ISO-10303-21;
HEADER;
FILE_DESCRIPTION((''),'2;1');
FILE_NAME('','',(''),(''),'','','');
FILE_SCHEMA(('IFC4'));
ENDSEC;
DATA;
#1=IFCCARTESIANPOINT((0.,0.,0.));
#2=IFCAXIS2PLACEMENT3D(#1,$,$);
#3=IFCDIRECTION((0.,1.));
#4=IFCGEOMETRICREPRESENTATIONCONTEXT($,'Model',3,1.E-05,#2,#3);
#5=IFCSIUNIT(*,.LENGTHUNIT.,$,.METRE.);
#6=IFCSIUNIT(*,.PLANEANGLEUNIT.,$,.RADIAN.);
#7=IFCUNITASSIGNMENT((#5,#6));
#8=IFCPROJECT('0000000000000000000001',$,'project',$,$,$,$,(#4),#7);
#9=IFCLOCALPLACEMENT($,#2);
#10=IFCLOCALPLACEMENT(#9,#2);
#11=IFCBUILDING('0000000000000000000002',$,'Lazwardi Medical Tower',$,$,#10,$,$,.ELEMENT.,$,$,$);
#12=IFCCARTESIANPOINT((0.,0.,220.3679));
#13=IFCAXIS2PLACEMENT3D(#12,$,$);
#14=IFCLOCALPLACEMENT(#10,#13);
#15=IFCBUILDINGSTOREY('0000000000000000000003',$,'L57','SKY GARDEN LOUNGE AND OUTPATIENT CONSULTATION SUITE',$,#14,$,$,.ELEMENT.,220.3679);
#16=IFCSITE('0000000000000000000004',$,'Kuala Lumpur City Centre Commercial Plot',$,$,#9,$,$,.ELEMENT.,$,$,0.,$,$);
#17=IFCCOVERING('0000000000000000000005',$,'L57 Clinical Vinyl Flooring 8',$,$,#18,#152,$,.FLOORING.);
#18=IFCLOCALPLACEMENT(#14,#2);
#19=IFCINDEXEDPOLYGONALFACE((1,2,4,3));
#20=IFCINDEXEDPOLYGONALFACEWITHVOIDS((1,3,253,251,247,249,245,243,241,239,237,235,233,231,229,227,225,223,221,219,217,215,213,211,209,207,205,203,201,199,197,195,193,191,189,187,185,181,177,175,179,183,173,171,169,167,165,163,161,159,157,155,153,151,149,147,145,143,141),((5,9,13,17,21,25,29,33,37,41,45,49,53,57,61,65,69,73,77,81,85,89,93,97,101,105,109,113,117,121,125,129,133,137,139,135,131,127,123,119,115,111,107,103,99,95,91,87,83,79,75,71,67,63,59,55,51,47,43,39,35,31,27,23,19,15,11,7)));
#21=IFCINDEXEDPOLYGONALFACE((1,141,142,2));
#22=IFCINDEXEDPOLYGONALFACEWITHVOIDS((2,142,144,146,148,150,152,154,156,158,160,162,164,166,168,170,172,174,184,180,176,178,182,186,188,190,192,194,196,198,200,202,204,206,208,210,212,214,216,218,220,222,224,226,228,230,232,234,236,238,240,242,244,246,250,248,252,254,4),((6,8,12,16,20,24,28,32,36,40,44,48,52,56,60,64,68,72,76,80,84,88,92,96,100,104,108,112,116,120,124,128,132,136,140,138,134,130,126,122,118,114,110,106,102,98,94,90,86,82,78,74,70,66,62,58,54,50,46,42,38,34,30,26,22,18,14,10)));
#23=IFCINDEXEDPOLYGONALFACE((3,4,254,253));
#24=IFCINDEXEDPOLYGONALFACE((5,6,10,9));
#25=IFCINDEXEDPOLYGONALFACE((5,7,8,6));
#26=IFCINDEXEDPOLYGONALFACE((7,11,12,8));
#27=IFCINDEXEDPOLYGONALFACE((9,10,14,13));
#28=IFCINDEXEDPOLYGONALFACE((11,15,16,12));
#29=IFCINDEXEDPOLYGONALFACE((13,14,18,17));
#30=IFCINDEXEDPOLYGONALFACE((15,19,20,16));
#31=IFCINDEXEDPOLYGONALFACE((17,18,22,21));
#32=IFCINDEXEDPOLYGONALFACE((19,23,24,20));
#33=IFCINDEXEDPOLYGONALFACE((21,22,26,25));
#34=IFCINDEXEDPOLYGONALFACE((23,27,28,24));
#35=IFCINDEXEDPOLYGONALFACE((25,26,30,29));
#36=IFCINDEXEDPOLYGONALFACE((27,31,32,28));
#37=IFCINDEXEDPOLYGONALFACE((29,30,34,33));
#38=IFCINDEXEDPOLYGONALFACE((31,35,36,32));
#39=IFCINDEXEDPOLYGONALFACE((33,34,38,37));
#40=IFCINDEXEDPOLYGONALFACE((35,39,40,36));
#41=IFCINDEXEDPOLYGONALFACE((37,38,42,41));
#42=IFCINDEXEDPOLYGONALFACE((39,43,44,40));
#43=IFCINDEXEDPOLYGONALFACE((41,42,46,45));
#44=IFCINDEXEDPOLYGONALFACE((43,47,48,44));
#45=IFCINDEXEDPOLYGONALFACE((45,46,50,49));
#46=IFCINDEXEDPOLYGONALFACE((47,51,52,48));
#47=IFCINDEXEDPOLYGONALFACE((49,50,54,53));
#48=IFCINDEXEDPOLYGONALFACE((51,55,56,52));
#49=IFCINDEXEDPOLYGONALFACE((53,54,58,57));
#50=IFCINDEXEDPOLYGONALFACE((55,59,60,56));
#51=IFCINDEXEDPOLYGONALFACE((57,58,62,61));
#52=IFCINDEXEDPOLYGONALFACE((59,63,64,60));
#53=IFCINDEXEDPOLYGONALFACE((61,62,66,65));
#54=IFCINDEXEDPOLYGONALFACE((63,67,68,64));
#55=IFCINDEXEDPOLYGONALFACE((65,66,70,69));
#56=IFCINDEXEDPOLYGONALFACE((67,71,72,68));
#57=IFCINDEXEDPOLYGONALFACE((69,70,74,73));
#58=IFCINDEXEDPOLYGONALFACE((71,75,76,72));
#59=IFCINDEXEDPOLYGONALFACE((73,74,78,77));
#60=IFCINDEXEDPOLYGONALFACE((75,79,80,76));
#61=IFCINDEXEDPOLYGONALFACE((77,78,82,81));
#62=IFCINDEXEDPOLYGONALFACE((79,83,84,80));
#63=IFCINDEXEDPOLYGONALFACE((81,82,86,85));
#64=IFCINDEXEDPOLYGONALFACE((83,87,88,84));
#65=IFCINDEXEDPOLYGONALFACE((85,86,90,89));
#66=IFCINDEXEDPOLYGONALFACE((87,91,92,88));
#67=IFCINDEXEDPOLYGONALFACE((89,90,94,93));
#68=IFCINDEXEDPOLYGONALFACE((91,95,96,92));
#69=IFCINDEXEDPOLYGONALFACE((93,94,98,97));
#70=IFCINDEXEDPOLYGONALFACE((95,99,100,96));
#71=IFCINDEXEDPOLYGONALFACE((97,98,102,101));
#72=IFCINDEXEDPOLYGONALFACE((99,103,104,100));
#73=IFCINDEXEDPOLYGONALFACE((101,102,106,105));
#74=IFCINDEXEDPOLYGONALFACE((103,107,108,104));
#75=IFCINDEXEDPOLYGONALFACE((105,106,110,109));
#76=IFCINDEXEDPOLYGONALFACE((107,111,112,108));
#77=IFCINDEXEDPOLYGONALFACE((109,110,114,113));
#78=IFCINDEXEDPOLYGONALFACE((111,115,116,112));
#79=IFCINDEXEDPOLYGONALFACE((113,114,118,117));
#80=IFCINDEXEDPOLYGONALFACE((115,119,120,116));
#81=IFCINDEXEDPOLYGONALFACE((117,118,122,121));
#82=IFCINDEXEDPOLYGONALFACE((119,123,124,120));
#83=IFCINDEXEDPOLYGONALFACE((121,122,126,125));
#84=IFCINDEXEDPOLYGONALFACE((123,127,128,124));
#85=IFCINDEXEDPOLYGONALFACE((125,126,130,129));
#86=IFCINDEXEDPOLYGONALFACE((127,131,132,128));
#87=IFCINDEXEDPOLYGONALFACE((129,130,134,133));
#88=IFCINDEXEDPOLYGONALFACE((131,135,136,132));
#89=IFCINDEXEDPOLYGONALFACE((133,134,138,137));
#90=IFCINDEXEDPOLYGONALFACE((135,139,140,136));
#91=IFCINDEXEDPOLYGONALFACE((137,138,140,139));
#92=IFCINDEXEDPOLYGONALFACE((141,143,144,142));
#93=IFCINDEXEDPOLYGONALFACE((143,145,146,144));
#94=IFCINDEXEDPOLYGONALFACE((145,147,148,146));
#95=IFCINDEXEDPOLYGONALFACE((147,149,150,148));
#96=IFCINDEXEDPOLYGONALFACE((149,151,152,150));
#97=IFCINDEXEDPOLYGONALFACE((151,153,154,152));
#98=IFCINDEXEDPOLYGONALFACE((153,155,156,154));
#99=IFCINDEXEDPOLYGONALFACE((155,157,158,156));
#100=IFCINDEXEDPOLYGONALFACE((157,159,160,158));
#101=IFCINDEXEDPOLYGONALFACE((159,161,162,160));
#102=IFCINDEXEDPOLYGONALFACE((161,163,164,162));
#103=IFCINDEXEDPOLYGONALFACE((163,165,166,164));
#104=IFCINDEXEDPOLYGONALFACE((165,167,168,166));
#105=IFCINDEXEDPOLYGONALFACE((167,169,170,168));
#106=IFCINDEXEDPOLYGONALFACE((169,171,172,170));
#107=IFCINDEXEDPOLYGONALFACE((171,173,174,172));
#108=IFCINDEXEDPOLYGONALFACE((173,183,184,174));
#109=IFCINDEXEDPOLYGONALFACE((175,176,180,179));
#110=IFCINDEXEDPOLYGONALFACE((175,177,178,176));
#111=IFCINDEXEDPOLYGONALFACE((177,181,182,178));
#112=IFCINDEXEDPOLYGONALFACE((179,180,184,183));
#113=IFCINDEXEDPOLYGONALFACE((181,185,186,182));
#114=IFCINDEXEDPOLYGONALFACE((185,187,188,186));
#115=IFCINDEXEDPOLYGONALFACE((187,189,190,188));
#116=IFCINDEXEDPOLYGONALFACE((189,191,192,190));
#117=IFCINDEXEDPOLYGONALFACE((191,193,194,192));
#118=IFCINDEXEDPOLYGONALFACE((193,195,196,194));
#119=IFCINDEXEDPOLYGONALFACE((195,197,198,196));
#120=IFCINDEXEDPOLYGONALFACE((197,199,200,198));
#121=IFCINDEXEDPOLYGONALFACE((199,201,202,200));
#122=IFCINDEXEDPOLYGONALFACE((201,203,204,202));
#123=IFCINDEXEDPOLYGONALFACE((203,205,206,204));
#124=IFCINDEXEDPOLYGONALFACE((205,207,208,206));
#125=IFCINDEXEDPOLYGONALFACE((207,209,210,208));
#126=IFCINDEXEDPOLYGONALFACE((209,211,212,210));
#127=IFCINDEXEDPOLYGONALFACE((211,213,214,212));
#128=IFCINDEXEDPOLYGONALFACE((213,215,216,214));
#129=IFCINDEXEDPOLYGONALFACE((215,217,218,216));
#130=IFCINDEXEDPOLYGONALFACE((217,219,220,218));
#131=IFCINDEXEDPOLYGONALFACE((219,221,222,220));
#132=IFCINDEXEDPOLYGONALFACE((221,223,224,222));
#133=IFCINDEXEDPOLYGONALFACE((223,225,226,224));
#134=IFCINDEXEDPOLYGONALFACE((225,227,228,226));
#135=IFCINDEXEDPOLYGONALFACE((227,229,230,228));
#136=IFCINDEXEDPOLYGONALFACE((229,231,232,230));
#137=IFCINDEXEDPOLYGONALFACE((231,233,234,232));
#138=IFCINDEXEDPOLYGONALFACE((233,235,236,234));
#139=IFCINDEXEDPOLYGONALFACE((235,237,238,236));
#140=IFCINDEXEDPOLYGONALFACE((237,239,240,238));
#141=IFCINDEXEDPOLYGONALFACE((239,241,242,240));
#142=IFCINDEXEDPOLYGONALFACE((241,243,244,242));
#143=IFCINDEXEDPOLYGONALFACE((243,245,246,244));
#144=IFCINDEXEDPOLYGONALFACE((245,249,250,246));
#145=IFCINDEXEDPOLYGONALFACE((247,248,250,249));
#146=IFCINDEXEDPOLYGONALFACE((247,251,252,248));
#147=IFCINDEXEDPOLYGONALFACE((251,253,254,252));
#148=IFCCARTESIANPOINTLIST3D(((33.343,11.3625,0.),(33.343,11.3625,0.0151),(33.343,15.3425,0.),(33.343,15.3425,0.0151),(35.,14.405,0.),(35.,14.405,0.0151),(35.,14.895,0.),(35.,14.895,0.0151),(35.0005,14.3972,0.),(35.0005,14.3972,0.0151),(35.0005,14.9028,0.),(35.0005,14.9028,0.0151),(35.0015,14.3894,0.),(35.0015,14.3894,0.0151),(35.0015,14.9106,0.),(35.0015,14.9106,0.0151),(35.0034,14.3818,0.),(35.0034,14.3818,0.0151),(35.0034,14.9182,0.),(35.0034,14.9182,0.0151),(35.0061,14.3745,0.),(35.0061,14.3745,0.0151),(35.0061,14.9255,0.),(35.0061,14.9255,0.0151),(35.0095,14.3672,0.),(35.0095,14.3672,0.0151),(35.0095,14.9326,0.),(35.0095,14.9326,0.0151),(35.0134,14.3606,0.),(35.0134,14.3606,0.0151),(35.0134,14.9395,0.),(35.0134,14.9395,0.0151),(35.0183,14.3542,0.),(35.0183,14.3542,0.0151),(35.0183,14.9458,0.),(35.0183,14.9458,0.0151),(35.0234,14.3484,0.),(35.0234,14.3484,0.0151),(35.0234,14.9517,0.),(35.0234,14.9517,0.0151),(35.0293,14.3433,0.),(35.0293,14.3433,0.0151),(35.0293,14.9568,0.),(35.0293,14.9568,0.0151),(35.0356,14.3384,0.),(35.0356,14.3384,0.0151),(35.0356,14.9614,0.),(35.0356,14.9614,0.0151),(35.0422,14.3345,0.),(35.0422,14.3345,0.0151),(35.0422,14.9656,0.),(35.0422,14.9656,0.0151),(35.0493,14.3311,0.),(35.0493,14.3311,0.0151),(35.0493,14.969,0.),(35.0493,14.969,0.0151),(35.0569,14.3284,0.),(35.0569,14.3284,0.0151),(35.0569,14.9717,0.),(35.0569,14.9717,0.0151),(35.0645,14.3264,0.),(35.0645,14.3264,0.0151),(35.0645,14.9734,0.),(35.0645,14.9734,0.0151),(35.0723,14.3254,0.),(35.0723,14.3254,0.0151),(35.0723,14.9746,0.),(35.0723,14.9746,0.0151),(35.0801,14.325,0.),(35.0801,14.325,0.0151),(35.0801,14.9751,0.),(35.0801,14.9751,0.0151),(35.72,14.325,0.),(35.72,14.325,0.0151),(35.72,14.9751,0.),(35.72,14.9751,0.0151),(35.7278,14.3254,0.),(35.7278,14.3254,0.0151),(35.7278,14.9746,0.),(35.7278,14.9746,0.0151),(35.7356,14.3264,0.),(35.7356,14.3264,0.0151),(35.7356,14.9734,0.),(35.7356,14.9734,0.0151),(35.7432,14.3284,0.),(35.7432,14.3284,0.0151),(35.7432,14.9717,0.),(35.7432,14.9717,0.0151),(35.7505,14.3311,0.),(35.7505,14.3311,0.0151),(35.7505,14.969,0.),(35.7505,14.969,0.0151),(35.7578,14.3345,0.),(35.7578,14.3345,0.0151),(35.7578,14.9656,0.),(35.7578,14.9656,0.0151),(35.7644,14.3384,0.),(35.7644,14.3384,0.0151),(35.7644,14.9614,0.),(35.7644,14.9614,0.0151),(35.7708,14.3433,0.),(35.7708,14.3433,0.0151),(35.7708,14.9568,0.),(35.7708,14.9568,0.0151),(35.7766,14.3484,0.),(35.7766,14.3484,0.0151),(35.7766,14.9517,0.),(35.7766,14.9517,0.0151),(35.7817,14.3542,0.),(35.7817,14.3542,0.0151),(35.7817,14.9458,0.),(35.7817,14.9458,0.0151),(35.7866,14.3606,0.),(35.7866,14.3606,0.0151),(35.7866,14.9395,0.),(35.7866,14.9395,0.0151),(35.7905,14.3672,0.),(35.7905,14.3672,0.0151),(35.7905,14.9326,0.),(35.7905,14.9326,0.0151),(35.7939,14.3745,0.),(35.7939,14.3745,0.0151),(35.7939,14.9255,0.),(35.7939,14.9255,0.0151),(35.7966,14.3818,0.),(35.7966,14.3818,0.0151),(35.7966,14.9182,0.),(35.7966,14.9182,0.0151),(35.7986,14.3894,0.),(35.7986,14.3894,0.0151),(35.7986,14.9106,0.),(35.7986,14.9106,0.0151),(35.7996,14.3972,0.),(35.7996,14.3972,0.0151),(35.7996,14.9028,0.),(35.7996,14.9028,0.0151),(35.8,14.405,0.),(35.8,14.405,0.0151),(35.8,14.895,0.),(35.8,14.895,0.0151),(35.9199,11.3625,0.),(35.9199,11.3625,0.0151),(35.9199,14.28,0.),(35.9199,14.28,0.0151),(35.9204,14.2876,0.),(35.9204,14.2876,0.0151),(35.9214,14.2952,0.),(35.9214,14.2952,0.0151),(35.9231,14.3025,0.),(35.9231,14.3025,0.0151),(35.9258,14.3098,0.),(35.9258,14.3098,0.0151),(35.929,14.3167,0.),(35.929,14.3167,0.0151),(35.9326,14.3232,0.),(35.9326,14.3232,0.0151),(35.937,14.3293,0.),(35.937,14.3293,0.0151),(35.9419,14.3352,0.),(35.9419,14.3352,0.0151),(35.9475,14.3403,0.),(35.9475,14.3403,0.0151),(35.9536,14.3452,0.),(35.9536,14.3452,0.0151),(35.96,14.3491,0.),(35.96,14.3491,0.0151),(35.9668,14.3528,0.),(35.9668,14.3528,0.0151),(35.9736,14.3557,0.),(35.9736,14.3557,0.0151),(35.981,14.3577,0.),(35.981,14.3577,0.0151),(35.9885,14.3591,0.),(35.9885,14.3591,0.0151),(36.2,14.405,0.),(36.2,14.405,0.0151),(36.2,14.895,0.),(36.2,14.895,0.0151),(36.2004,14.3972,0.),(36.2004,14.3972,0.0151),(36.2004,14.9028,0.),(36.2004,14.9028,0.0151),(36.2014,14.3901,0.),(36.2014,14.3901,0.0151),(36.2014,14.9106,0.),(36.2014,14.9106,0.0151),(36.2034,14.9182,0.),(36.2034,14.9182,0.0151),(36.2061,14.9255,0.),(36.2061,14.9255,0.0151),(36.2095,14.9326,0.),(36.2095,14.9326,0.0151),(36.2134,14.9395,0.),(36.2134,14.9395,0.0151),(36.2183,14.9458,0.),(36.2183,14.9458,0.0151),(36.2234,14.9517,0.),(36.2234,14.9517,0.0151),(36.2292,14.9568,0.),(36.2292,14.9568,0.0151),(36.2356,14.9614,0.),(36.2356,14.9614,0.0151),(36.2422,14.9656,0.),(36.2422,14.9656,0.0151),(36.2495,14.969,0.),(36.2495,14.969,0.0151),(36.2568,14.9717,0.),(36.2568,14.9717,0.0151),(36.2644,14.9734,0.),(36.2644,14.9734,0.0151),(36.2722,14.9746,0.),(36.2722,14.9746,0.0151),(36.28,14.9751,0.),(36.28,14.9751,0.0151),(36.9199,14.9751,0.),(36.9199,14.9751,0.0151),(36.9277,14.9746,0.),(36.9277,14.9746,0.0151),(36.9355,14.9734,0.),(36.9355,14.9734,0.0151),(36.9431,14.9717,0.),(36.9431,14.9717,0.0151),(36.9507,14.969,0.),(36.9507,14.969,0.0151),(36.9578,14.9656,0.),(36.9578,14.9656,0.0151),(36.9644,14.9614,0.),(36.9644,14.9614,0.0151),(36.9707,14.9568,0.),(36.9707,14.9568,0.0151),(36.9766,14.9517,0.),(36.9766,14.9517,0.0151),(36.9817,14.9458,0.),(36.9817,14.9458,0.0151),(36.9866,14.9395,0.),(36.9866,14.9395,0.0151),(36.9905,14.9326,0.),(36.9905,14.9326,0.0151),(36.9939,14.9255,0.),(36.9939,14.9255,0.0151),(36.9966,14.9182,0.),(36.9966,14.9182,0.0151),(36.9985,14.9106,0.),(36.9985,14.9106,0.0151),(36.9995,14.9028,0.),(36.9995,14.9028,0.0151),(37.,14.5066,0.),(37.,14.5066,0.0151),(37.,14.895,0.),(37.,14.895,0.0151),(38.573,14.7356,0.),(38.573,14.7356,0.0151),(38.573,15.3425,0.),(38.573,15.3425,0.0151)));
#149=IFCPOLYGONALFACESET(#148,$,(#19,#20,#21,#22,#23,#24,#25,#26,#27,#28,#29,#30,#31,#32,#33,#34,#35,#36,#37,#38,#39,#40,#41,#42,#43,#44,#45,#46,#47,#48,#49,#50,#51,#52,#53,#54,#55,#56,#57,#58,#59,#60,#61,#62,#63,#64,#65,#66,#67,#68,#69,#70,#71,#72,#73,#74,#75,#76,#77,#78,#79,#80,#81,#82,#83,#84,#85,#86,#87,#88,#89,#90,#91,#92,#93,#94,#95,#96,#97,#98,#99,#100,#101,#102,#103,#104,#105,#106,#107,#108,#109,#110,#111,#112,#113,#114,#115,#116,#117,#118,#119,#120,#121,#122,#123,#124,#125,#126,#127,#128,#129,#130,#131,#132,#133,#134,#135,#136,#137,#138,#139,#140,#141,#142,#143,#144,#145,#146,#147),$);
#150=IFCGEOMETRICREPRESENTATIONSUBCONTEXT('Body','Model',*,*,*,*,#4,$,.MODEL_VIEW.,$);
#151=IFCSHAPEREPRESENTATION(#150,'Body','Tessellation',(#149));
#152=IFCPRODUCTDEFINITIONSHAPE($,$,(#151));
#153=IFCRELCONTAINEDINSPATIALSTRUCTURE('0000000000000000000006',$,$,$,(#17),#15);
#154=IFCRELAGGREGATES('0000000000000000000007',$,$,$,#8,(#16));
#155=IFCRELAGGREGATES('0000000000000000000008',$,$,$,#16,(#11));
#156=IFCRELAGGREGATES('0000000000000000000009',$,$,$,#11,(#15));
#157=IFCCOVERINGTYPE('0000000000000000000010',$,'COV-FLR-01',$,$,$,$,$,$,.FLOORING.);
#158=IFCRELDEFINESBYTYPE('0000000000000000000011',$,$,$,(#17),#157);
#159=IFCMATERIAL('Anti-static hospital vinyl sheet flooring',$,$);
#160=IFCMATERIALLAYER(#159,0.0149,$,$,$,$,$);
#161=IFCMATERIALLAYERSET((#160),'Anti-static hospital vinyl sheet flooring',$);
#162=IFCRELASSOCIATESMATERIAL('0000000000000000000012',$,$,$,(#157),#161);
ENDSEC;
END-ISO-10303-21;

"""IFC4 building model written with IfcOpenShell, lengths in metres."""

from ifc_helpers import new_model, si_unit, direction, frame, origin, place, context, subcontext, project, spatial, polyline, outline, extrude, material, layer, layer_set, type_object, element, save


model = new_model("IFC4")

# Units and contexts
model_context = context("Model", 3, precision=1e-05, world=origin(), true_north=direction((0.0, 1.0)))
body_context = subcontext(model_context, "Body", "Model", "MODEL_VIEW")
ifc_project = project(units=[si_unit("LENGTHUNIT", "METRE"), si_unit("PLANEANGLEUNIT", "RADIAN")], contexts=[model_context])

# Site, building, storey
site_placement = place(None, origin())
site = spatial("IfcSite", under=ifc_project, at=site_placement, Name="Kuala Lumpur City Centre Commercial Plot", CompositionType="ELEMENT", RefElevation=0.0)
building_placement = place(site_placement, origin())
building = spatial("IfcBuilding", under=site, at=building_placement, Name="Lazwardi Medical Tower", CompositionType="ELEMENT")
storey_placement = place(building_placement, frame((0.0, 0.0, 220.3679)))
storey = spatial("IfcBuildingStorey", under=building, at=storey_placement, Name="L57", Description="SKY GARDEN LOUNGE AND OUTPATIENT CONSULTATION SUITE", CompositionType="ELEMENT", Elevation=220.3679)

# Covering
ifc_material_1 = material(Name="Anti-static hospital vinyl sheet flooring")
ifc_layer_1 = layer(ifc_material_1, 0.0149)
ifc_layer_set_1 = layer_set([ifc_layer_1], Name="Anti-static hospital vinyl sheet flooring")
covering_type_1 = type_object("IfcCoveringType", Name="COV-FLR-01", PredefinedType="FLOORING", material=ifc_layer_set_1)
covering_1_placement = place(storey_placement, origin())
element("IfcCovering", 1, at=covering_1_placement, inside=storey, type_object=covering_type_1, Name="L57 Clinical Vinyl Flooring 8", PredefinedType="FLOORING", context=body_context, shape_type="SweptSolid", body=[
    extrude(outline(polyline([(35.9199, 11.3625), (35.9199, 14.28), (35.9204, 14.2876), (35.9214, 14.2952), (35.9231, 14.3025), (35.9258, 14.3098), (35.929, 14.3167), (35.9326, 14.3232), (35.937, 14.3293), (35.9419, 14.3352), (35.9475, 14.3403), (35.9536, 14.3452), (35.96, 14.3491), (35.9668, 14.3528), (35.9736, 14.3557), (35.981, 14.3577), (35.9885, 14.3591), (36.2014, 14.3901), (36.2004, 14.3972), (36.2, 14.405), (36.2, 14.895), (36.2004, 14.9028), (36.2014, 14.9106), (36.2034, 14.9182), (36.2061, 14.9255), (36.2095, 14.9326), (36.2134, 14.9395), (36.2183, 14.9458), (36.2234, 14.9517), (36.2292, 14.9568), (36.2356, 14.9614), (36.2422, 14.9656), (36.2495, 14.969), (36.2568, 14.9717), (36.2644, 14.9734), (36.2722, 14.9746), (36.28, 14.9751), (36.9199, 14.9751), (36.9277, 14.9746), (36.9355, 14.9734), (36.9431, 14.9717), (36.9507, 14.969), (36.9578, 14.9656), (36.9644, 14.9614), (36.9707, 14.9568), (36.9766, 14.9517), (36.9817, 14.9458), (36.9866, 14.9395), (36.9905, 14.9326), (36.9939, 14.9255), (36.9966, 14.9182), (36.9985, 14.9106), (36.9995, 14.9028), (37.0, 14.895), (37.0, 14.5066), (38.573, 14.7356), (38.573, 15.3425), (33.343, 15.3425), (33.343, 11.3625), (35.9199, 11.3625)]), holes=[polyline([(35.7432, 14.3284), (35.7356, 14.3264), (35.7278, 14.3254), (35.72, 14.325), (35.0801, 14.325), (35.0723, 14.3254), (35.0645, 14.3264), (35.0569, 14.3284), (35.0493, 14.3311), (35.0422, 14.3345), (35.0356, 14.3384), (35.0293, 14.3433), (35.0234, 14.3484), (35.0183, 14.3542), (35.0134, 14.3606), (35.0095, 14.3672), (35.0061, 14.3745), (35.0034, 14.3818), (35.0015, 14.3894), (35.0005, 14.3972), (35.0, 14.405), (35.0, 14.895), (35.0005, 14.9028), (35.0015, 14.9106), (35.0034, 14.9182), (35.0061, 14.9255), (35.0095, 14.9326), (35.0134, 14.9395), (35.0183, 14.9458), (35.0234, 14.9517), (35.0293, 14.9568), (35.0356, 14.9614), (35.0422, 14.9656), (35.0493, 14.969), (35.0569, 14.9717), (35.0645, 14.9734), (35.0723, 14.9746), (35.0801, 14.9751), (35.72, 14.9751), (35.7278, 14.9746), (35.7356, 14.9734), (35.7432, 14.9717), (35.7505, 14.969), (35.7578, 14.9656), (35.7644, 14.9614), (35.7708, 14.9568), (35.7766, 14.9517), (35.7817, 14.9458), (35.7866, 14.9395), (35.7905, 14.9326), (35.7939, 14.9255), (35.7966, 14.9182), (35.7986, 14.9106), (35.7996, 14.9028), (35.8, 14.895), (35.8, 14.405), (35.7996, 14.3972), (35.7986, 14.3894), (35.7966, 14.3818), (35.7939, 14.3745), (35.7905, 14.3672), (35.7866, 14.3606), (35.7817, 14.3542), (35.7766, 14.3484), (35.7708, 14.3433), (35.7644, 14.3384), (35.7578, 14.3345), (35.7505, 14.3311), (35.7432, 14.3284)])]), origin(), (0.0, 0.0, 1.0), 0.0151),
])

save(model, "model.ifc")
